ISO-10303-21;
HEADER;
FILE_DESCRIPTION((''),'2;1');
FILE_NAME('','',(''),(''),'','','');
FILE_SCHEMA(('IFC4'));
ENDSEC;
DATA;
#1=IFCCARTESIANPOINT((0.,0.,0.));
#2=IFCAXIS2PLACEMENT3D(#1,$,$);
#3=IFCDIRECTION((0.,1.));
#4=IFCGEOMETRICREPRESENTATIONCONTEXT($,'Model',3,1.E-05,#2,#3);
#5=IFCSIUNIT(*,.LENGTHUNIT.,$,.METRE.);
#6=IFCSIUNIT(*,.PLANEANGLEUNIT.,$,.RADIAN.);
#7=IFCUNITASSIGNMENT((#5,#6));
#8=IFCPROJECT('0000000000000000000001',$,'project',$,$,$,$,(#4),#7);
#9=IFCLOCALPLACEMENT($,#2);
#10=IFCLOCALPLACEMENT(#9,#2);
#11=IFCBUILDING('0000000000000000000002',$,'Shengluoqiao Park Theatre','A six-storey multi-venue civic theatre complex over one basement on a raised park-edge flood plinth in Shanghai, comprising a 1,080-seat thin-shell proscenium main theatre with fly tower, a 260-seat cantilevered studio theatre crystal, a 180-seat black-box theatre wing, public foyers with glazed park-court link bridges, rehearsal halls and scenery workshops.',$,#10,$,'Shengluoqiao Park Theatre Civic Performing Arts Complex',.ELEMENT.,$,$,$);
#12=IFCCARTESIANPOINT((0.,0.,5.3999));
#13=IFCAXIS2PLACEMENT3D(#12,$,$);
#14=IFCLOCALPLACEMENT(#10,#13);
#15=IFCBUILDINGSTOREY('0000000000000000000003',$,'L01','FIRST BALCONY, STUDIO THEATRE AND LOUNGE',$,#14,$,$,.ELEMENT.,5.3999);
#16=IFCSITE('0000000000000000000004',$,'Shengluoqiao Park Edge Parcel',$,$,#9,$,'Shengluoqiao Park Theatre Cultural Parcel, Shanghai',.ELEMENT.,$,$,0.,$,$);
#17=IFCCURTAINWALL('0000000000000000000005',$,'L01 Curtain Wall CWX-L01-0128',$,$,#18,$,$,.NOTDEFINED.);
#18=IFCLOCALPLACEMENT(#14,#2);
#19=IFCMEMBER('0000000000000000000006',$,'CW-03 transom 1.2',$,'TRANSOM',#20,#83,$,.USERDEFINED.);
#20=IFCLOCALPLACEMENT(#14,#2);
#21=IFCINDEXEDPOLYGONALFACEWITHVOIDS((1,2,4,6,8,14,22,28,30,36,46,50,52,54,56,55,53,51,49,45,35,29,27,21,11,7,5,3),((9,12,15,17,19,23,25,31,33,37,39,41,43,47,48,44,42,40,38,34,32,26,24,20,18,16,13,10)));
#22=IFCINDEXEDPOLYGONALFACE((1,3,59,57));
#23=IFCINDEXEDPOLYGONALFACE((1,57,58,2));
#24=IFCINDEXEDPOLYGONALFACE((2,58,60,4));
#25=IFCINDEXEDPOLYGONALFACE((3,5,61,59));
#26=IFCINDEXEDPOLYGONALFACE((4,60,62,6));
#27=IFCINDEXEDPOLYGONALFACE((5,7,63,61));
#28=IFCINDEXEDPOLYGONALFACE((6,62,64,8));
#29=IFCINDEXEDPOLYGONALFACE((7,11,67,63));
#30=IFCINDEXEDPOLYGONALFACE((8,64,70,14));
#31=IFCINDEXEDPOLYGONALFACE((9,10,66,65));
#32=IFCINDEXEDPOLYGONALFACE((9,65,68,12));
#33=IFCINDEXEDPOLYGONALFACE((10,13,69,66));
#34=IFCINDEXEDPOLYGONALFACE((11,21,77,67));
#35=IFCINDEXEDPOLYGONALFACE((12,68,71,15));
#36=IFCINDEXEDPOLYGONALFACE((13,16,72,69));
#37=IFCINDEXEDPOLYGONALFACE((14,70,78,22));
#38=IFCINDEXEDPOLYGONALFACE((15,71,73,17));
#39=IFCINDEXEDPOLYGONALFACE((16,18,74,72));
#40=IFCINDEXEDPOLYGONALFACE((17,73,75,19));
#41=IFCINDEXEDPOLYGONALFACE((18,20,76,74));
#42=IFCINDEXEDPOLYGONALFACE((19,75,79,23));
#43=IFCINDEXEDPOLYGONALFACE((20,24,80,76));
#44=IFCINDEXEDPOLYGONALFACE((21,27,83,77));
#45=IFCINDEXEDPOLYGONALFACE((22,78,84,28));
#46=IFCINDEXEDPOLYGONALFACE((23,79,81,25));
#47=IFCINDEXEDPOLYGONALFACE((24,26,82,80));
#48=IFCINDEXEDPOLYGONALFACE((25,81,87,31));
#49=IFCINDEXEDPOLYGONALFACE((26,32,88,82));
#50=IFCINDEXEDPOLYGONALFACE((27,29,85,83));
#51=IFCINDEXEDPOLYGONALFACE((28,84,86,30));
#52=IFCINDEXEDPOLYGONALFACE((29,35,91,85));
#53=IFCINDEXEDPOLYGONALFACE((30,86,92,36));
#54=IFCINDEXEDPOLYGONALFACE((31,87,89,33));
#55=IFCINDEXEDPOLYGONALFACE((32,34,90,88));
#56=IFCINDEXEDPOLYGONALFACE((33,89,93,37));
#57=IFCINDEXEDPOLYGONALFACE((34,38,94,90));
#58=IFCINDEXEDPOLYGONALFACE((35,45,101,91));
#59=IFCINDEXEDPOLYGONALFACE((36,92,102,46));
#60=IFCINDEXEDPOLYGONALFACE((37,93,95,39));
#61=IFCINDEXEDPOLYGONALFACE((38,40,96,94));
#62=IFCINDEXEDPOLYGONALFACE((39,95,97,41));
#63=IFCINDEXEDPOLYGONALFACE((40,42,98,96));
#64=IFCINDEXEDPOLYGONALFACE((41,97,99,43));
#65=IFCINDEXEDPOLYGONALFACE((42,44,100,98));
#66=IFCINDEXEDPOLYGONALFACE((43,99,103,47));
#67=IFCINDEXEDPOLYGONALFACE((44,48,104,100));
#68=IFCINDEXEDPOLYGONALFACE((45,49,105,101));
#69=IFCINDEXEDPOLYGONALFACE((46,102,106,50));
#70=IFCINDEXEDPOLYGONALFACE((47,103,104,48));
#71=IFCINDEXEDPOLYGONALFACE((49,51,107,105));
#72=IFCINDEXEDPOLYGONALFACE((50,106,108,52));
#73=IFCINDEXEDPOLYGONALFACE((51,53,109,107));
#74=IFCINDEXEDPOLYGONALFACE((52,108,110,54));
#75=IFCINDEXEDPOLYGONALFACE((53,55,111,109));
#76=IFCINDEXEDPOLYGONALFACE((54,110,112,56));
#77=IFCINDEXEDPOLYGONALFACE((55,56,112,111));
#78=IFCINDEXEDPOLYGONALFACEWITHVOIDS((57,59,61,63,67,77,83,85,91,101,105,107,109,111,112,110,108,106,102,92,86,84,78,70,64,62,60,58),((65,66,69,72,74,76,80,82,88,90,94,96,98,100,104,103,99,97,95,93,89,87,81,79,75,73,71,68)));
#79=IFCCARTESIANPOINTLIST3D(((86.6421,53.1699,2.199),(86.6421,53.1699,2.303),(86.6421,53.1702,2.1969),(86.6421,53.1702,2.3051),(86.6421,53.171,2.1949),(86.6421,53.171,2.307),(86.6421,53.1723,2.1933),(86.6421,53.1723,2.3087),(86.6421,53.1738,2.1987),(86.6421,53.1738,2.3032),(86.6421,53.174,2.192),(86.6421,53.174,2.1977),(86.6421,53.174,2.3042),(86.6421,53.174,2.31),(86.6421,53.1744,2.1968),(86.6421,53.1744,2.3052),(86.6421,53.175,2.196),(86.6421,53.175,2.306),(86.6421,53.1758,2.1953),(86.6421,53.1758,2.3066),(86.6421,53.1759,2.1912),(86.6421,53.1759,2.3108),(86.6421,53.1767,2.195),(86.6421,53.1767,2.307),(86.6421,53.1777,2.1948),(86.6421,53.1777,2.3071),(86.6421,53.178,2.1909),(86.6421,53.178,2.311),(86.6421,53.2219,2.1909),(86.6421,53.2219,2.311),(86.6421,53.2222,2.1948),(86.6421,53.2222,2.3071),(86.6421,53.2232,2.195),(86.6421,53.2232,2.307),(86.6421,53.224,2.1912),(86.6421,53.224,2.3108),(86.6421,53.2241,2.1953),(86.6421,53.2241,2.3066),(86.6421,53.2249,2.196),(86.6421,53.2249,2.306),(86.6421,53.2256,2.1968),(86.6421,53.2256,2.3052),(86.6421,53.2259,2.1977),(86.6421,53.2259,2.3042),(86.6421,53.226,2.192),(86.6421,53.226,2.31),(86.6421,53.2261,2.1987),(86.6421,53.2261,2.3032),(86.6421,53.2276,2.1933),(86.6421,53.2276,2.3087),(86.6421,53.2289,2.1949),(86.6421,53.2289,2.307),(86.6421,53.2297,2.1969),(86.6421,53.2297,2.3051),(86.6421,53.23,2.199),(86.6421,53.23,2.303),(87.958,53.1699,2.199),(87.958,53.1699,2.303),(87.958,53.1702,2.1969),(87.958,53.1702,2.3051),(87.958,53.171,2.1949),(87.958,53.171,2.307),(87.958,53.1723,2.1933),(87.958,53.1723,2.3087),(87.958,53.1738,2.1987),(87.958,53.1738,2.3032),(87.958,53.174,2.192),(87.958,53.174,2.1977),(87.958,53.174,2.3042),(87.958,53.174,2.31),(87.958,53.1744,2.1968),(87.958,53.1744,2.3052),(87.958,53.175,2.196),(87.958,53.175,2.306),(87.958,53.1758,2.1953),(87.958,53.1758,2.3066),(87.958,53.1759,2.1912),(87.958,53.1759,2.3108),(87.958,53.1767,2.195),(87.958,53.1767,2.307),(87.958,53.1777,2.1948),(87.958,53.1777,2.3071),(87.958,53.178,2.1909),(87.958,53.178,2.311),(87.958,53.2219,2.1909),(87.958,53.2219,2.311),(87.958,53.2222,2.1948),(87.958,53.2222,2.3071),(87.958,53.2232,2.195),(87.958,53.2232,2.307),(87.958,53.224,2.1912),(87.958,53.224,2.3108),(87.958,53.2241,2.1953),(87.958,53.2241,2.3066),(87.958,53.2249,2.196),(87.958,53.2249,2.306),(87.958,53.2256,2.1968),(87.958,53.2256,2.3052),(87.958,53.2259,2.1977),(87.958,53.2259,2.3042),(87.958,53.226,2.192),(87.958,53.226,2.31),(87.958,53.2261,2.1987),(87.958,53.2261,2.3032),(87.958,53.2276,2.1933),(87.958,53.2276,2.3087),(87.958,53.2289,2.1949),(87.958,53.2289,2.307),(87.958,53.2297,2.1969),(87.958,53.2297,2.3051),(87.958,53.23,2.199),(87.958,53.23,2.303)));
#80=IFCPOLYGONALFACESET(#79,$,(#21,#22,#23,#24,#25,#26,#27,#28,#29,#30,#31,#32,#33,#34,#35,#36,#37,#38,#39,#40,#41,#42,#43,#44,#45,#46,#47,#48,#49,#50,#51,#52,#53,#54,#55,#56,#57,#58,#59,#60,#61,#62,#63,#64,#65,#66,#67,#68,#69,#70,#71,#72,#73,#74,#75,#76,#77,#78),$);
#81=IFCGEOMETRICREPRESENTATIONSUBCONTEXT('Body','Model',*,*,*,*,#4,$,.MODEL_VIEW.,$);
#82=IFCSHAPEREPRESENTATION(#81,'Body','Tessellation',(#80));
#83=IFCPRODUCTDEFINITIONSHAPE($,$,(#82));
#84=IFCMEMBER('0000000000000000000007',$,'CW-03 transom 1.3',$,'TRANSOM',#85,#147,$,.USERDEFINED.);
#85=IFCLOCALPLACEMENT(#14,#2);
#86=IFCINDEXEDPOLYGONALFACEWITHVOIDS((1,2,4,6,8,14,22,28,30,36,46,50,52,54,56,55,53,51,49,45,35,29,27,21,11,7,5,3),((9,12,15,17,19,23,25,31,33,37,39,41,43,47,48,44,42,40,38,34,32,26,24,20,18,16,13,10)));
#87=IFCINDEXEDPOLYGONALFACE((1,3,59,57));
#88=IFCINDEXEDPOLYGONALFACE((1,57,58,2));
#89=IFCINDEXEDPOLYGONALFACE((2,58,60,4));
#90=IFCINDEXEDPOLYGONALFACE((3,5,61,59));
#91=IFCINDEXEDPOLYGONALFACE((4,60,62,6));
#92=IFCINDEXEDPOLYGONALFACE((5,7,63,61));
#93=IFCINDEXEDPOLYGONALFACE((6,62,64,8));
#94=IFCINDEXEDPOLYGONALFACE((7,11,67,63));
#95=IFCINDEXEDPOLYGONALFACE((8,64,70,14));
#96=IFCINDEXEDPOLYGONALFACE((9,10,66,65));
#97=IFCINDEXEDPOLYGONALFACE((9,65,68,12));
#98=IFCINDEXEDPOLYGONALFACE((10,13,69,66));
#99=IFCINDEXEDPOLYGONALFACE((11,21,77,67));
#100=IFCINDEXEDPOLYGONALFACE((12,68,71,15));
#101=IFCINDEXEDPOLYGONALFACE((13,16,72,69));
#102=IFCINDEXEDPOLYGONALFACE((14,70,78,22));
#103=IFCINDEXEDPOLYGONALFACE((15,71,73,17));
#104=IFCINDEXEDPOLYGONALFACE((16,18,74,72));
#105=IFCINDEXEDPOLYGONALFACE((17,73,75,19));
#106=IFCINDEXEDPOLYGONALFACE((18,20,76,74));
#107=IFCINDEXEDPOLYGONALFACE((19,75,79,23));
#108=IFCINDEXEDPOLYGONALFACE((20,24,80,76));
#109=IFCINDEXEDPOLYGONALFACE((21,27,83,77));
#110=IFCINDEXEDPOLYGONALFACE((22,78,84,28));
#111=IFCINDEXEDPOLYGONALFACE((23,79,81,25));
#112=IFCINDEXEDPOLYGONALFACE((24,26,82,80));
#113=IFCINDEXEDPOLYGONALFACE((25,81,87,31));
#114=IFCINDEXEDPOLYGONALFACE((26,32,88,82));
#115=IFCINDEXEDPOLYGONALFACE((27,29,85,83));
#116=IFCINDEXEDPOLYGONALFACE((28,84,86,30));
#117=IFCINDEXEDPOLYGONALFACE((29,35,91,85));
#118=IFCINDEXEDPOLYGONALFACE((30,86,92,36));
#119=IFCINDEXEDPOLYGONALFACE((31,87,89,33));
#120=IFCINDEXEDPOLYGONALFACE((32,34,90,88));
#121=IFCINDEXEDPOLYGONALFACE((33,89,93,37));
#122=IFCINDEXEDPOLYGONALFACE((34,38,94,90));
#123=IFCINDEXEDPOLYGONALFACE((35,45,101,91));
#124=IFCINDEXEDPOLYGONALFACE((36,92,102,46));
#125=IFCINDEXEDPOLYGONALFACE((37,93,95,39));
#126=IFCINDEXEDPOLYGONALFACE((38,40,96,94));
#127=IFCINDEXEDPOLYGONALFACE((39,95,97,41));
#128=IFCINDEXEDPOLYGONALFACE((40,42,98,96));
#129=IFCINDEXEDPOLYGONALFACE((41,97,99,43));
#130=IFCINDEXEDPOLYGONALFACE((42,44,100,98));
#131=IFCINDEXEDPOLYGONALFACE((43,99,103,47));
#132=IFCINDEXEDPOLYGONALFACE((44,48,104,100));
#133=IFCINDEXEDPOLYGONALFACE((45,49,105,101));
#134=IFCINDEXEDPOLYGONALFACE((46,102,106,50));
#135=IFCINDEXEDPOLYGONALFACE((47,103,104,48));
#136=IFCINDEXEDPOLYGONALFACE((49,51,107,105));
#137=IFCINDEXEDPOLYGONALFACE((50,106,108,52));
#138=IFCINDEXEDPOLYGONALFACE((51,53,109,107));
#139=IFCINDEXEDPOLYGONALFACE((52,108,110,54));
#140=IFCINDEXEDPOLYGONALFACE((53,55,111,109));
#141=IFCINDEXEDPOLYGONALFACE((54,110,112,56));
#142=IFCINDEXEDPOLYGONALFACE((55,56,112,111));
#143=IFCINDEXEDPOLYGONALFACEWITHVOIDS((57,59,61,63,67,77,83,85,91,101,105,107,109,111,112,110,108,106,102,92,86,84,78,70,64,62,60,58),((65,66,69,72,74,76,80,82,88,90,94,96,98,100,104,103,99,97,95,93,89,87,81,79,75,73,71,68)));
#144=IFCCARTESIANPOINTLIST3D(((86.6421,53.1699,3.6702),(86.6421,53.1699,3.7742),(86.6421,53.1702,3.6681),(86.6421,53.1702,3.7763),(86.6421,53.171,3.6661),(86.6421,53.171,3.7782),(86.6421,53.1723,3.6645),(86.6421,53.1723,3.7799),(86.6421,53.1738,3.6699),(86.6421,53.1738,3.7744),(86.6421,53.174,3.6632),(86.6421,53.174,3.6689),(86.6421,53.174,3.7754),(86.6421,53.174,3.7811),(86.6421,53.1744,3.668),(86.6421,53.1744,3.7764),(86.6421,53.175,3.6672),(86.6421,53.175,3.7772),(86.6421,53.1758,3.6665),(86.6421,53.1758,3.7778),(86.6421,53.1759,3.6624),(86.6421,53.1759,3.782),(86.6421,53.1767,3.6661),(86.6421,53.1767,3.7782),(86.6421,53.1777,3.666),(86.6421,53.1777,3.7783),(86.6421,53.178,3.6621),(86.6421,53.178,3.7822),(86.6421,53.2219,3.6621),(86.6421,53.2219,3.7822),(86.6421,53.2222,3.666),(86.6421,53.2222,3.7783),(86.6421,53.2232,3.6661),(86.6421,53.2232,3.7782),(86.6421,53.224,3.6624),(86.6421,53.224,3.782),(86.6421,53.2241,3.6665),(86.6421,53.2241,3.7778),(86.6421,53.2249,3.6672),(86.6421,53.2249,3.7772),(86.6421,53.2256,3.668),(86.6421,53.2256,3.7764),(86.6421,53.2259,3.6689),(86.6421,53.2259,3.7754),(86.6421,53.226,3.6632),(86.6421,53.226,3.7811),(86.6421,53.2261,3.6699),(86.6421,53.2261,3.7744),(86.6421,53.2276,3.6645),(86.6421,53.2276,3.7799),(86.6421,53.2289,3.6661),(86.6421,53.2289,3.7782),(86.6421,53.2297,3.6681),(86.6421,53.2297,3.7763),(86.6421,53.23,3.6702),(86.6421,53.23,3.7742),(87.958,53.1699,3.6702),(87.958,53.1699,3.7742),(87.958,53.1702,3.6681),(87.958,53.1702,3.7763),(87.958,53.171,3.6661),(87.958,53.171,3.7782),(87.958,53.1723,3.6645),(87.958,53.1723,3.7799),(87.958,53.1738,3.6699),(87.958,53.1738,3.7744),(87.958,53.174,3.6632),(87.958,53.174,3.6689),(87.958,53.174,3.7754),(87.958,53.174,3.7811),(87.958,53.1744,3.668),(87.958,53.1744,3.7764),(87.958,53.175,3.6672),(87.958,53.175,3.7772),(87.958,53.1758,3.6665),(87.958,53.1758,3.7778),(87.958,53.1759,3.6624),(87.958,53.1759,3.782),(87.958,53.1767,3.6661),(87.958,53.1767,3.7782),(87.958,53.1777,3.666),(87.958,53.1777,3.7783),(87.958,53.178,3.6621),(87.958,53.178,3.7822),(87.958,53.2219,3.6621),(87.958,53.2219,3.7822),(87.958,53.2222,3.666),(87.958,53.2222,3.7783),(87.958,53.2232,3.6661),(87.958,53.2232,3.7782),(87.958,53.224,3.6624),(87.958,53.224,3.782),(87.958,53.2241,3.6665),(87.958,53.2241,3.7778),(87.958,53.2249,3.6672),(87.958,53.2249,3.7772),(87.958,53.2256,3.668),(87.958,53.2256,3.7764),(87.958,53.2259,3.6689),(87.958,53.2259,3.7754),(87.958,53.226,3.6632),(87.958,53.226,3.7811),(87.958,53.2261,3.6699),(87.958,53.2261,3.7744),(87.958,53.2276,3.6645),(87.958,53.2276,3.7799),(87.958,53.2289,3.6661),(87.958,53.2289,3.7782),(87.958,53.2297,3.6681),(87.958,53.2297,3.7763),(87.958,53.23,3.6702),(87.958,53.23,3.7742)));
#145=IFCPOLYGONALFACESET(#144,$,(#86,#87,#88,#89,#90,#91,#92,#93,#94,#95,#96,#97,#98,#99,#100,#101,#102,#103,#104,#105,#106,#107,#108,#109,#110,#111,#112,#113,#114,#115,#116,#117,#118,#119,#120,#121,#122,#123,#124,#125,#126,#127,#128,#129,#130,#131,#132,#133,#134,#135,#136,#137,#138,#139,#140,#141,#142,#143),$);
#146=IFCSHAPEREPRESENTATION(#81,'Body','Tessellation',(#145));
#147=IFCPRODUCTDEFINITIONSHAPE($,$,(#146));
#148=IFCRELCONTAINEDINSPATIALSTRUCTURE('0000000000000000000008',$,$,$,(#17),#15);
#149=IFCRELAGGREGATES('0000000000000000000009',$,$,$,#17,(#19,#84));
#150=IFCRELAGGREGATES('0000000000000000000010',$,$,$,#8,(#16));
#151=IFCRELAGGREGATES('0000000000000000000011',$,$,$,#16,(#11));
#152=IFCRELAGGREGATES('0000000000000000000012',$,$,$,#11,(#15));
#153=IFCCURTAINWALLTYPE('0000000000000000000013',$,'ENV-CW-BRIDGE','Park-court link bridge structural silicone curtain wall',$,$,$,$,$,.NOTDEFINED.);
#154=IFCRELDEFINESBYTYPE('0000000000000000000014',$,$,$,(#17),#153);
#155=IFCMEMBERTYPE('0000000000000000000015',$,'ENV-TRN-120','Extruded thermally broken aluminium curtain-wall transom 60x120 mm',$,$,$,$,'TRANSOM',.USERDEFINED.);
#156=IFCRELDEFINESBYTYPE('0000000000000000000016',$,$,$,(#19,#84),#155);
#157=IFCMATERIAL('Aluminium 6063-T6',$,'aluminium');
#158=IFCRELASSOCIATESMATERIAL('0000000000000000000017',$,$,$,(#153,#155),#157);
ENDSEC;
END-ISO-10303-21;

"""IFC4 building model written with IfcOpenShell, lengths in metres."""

from ifc_helpers import new_model, si_unit, direction, frame, origin, origin_2d, place, context, subcontext, project, spatial, hollow_rectangle, extrude, material, material_profile, profile_set, type_object, element, aggregate, save


model = new_model("IFC4")

# Units and contexts
model_context = context("Model", 3, precision=1e-05, world=origin(), true_north=direction((0.0, 1.0)))
body_context = subcontext(model_context, "Body", "Model", "MODEL_VIEW")
ifc_project = project(units=[si_unit("LENGTHUNIT", "METRE"), si_unit("PLANEANGLEUNIT", "RADIAN")], contexts=[model_context])

# Site, building, storey
site_placement = place(None, origin())
site = spatial("IfcSite", under=ifc_project, at=site_placement, Name="Shengluoqiao Park Edge Parcel", LongName="Shengluoqiao Park Theatre Cultural Parcel, Shanghai", CompositionType="ELEMENT", RefElevation=0.0)
building_placement = place(site_placement, origin())
building = spatial("IfcBuilding", under=site, at=building_placement, Name="Shengluoqiao Park Theatre", Description="A six-storey multi-venue civic theatre complex over one basement on a raised park-edge flood plinth in Shanghai, comprising a 1,080-seat thin-shell proscenium main theatre with fly tower, a 260-seat cantilevered studio theatre crystal, a 180-seat black-box theatre wing, public foyers with glazed park-court link bridges, rehearsal halls and scenery workshops.", LongName="Shengluoqiao Park Theatre Civic Performing Arts Complex", CompositionType="ELEMENT")
storey_placement = place(building_placement, frame((0.0, 0.0, 5.3999)))
storey = spatial("IfcBuildingStorey", under=building, at=storey_placement, Name="L01", Description="FIRST BALCONY, STUDIO THEATRE AND LOUNGE", CompositionType="ELEMENT", Elevation=5.3999)

# Shared definitions
ifc_material_1 = material(Name="Aluminium 6063-T6", Category="aluminium")
curtain_wall_type = type_object("IfcCurtainWallType", Name="ENV-CW-BRIDGE", Description="Park-court link bridge structural silicone curtain wall", PredefinedType="NOTDEFINED", material=ifc_material_1)

# Curtain wall, members
curtain_wall_1_placement = place(storey_placement, origin())
curtain_wall_1 = element("IfcCurtainWall", 1, at=curtain_wall_1_placement, inside=storey, type_object=curtain_wall_type, Name="L01 Curtain Wall CWX-L01-0128", PredefinedType="NOTDEFINED")
ifc_material_profile_1 = material_profile(ifc_material_1, hollow_rectangle(XDim=0.0601, YDim=0.1201, WallThickness=0.0039, InnerFilletRadius=0.0039, OuterFilletRadius=0.0081, at=origin_2d()), Name="ALU TRANSOM 120x60x4")
ifc_profile_set_1 = profile_set([ifc_material_profile_1], Name="Aluminium 6063-T6")
member_type_1 = type_object("IfcMemberType", Name="ENV-TRN-120", Description="Extruded thermally broken aluminium curtain-wall transom 60x120 mm", ElementType="TRANSOM", PredefinedType="USERDEFINED", material=ifc_profile_set_1)
member_1_placement = place(storey_placement, frame((86.6421, 53.2, 2.251), z_axis=(1.0, 0.0, 0.0), x_axis=(0.0, 1.0, 0.0)))
member_1 = element("IfcMember", 2, at=member_1_placement, type_object=member_type_1, Name="CW-03 transom 1.2", ObjectType="TRANSOM", PredefinedType="USERDEFINED", context=body_context, shape_type="SweptSolid", body=[
    extrude(hollow_rectangle(XDim=0.0601, YDim=0.1201, WallThickness=0.0039, InnerFilletRadius=0.0039, OuterFilletRadius=0.0081, at=origin_2d()), origin(), (0.0, 0.0, 1.0), 1.3159),
])
member_2_placement = place(storey_placement, frame((86.6421, 53.2, 3.7222), z_axis=(1.0, 0.0, 0.0), x_axis=(0.0, 1.0, 0.0)))
member_2 = element("IfcMember", 3, at=member_2_placement, type_object=member_type_1, Name="CW-03 transom 1.3", ObjectType="TRANSOM", PredefinedType="USERDEFINED", context=body_context, shape_type="SweptSolid", body=[
    extrude(hollow_rectangle(XDim=0.0601, YDim=0.1201, WallThickness=0.0039, InnerFilletRadius=0.0039, OuterFilletRadius=0.0081, at=origin_2d()), origin(), (0.0, 0.0, 1.0), 1.3159),
])

aggregate(curtain_wall_1, [member_1, member_2])

save(model, "model.ifc")
